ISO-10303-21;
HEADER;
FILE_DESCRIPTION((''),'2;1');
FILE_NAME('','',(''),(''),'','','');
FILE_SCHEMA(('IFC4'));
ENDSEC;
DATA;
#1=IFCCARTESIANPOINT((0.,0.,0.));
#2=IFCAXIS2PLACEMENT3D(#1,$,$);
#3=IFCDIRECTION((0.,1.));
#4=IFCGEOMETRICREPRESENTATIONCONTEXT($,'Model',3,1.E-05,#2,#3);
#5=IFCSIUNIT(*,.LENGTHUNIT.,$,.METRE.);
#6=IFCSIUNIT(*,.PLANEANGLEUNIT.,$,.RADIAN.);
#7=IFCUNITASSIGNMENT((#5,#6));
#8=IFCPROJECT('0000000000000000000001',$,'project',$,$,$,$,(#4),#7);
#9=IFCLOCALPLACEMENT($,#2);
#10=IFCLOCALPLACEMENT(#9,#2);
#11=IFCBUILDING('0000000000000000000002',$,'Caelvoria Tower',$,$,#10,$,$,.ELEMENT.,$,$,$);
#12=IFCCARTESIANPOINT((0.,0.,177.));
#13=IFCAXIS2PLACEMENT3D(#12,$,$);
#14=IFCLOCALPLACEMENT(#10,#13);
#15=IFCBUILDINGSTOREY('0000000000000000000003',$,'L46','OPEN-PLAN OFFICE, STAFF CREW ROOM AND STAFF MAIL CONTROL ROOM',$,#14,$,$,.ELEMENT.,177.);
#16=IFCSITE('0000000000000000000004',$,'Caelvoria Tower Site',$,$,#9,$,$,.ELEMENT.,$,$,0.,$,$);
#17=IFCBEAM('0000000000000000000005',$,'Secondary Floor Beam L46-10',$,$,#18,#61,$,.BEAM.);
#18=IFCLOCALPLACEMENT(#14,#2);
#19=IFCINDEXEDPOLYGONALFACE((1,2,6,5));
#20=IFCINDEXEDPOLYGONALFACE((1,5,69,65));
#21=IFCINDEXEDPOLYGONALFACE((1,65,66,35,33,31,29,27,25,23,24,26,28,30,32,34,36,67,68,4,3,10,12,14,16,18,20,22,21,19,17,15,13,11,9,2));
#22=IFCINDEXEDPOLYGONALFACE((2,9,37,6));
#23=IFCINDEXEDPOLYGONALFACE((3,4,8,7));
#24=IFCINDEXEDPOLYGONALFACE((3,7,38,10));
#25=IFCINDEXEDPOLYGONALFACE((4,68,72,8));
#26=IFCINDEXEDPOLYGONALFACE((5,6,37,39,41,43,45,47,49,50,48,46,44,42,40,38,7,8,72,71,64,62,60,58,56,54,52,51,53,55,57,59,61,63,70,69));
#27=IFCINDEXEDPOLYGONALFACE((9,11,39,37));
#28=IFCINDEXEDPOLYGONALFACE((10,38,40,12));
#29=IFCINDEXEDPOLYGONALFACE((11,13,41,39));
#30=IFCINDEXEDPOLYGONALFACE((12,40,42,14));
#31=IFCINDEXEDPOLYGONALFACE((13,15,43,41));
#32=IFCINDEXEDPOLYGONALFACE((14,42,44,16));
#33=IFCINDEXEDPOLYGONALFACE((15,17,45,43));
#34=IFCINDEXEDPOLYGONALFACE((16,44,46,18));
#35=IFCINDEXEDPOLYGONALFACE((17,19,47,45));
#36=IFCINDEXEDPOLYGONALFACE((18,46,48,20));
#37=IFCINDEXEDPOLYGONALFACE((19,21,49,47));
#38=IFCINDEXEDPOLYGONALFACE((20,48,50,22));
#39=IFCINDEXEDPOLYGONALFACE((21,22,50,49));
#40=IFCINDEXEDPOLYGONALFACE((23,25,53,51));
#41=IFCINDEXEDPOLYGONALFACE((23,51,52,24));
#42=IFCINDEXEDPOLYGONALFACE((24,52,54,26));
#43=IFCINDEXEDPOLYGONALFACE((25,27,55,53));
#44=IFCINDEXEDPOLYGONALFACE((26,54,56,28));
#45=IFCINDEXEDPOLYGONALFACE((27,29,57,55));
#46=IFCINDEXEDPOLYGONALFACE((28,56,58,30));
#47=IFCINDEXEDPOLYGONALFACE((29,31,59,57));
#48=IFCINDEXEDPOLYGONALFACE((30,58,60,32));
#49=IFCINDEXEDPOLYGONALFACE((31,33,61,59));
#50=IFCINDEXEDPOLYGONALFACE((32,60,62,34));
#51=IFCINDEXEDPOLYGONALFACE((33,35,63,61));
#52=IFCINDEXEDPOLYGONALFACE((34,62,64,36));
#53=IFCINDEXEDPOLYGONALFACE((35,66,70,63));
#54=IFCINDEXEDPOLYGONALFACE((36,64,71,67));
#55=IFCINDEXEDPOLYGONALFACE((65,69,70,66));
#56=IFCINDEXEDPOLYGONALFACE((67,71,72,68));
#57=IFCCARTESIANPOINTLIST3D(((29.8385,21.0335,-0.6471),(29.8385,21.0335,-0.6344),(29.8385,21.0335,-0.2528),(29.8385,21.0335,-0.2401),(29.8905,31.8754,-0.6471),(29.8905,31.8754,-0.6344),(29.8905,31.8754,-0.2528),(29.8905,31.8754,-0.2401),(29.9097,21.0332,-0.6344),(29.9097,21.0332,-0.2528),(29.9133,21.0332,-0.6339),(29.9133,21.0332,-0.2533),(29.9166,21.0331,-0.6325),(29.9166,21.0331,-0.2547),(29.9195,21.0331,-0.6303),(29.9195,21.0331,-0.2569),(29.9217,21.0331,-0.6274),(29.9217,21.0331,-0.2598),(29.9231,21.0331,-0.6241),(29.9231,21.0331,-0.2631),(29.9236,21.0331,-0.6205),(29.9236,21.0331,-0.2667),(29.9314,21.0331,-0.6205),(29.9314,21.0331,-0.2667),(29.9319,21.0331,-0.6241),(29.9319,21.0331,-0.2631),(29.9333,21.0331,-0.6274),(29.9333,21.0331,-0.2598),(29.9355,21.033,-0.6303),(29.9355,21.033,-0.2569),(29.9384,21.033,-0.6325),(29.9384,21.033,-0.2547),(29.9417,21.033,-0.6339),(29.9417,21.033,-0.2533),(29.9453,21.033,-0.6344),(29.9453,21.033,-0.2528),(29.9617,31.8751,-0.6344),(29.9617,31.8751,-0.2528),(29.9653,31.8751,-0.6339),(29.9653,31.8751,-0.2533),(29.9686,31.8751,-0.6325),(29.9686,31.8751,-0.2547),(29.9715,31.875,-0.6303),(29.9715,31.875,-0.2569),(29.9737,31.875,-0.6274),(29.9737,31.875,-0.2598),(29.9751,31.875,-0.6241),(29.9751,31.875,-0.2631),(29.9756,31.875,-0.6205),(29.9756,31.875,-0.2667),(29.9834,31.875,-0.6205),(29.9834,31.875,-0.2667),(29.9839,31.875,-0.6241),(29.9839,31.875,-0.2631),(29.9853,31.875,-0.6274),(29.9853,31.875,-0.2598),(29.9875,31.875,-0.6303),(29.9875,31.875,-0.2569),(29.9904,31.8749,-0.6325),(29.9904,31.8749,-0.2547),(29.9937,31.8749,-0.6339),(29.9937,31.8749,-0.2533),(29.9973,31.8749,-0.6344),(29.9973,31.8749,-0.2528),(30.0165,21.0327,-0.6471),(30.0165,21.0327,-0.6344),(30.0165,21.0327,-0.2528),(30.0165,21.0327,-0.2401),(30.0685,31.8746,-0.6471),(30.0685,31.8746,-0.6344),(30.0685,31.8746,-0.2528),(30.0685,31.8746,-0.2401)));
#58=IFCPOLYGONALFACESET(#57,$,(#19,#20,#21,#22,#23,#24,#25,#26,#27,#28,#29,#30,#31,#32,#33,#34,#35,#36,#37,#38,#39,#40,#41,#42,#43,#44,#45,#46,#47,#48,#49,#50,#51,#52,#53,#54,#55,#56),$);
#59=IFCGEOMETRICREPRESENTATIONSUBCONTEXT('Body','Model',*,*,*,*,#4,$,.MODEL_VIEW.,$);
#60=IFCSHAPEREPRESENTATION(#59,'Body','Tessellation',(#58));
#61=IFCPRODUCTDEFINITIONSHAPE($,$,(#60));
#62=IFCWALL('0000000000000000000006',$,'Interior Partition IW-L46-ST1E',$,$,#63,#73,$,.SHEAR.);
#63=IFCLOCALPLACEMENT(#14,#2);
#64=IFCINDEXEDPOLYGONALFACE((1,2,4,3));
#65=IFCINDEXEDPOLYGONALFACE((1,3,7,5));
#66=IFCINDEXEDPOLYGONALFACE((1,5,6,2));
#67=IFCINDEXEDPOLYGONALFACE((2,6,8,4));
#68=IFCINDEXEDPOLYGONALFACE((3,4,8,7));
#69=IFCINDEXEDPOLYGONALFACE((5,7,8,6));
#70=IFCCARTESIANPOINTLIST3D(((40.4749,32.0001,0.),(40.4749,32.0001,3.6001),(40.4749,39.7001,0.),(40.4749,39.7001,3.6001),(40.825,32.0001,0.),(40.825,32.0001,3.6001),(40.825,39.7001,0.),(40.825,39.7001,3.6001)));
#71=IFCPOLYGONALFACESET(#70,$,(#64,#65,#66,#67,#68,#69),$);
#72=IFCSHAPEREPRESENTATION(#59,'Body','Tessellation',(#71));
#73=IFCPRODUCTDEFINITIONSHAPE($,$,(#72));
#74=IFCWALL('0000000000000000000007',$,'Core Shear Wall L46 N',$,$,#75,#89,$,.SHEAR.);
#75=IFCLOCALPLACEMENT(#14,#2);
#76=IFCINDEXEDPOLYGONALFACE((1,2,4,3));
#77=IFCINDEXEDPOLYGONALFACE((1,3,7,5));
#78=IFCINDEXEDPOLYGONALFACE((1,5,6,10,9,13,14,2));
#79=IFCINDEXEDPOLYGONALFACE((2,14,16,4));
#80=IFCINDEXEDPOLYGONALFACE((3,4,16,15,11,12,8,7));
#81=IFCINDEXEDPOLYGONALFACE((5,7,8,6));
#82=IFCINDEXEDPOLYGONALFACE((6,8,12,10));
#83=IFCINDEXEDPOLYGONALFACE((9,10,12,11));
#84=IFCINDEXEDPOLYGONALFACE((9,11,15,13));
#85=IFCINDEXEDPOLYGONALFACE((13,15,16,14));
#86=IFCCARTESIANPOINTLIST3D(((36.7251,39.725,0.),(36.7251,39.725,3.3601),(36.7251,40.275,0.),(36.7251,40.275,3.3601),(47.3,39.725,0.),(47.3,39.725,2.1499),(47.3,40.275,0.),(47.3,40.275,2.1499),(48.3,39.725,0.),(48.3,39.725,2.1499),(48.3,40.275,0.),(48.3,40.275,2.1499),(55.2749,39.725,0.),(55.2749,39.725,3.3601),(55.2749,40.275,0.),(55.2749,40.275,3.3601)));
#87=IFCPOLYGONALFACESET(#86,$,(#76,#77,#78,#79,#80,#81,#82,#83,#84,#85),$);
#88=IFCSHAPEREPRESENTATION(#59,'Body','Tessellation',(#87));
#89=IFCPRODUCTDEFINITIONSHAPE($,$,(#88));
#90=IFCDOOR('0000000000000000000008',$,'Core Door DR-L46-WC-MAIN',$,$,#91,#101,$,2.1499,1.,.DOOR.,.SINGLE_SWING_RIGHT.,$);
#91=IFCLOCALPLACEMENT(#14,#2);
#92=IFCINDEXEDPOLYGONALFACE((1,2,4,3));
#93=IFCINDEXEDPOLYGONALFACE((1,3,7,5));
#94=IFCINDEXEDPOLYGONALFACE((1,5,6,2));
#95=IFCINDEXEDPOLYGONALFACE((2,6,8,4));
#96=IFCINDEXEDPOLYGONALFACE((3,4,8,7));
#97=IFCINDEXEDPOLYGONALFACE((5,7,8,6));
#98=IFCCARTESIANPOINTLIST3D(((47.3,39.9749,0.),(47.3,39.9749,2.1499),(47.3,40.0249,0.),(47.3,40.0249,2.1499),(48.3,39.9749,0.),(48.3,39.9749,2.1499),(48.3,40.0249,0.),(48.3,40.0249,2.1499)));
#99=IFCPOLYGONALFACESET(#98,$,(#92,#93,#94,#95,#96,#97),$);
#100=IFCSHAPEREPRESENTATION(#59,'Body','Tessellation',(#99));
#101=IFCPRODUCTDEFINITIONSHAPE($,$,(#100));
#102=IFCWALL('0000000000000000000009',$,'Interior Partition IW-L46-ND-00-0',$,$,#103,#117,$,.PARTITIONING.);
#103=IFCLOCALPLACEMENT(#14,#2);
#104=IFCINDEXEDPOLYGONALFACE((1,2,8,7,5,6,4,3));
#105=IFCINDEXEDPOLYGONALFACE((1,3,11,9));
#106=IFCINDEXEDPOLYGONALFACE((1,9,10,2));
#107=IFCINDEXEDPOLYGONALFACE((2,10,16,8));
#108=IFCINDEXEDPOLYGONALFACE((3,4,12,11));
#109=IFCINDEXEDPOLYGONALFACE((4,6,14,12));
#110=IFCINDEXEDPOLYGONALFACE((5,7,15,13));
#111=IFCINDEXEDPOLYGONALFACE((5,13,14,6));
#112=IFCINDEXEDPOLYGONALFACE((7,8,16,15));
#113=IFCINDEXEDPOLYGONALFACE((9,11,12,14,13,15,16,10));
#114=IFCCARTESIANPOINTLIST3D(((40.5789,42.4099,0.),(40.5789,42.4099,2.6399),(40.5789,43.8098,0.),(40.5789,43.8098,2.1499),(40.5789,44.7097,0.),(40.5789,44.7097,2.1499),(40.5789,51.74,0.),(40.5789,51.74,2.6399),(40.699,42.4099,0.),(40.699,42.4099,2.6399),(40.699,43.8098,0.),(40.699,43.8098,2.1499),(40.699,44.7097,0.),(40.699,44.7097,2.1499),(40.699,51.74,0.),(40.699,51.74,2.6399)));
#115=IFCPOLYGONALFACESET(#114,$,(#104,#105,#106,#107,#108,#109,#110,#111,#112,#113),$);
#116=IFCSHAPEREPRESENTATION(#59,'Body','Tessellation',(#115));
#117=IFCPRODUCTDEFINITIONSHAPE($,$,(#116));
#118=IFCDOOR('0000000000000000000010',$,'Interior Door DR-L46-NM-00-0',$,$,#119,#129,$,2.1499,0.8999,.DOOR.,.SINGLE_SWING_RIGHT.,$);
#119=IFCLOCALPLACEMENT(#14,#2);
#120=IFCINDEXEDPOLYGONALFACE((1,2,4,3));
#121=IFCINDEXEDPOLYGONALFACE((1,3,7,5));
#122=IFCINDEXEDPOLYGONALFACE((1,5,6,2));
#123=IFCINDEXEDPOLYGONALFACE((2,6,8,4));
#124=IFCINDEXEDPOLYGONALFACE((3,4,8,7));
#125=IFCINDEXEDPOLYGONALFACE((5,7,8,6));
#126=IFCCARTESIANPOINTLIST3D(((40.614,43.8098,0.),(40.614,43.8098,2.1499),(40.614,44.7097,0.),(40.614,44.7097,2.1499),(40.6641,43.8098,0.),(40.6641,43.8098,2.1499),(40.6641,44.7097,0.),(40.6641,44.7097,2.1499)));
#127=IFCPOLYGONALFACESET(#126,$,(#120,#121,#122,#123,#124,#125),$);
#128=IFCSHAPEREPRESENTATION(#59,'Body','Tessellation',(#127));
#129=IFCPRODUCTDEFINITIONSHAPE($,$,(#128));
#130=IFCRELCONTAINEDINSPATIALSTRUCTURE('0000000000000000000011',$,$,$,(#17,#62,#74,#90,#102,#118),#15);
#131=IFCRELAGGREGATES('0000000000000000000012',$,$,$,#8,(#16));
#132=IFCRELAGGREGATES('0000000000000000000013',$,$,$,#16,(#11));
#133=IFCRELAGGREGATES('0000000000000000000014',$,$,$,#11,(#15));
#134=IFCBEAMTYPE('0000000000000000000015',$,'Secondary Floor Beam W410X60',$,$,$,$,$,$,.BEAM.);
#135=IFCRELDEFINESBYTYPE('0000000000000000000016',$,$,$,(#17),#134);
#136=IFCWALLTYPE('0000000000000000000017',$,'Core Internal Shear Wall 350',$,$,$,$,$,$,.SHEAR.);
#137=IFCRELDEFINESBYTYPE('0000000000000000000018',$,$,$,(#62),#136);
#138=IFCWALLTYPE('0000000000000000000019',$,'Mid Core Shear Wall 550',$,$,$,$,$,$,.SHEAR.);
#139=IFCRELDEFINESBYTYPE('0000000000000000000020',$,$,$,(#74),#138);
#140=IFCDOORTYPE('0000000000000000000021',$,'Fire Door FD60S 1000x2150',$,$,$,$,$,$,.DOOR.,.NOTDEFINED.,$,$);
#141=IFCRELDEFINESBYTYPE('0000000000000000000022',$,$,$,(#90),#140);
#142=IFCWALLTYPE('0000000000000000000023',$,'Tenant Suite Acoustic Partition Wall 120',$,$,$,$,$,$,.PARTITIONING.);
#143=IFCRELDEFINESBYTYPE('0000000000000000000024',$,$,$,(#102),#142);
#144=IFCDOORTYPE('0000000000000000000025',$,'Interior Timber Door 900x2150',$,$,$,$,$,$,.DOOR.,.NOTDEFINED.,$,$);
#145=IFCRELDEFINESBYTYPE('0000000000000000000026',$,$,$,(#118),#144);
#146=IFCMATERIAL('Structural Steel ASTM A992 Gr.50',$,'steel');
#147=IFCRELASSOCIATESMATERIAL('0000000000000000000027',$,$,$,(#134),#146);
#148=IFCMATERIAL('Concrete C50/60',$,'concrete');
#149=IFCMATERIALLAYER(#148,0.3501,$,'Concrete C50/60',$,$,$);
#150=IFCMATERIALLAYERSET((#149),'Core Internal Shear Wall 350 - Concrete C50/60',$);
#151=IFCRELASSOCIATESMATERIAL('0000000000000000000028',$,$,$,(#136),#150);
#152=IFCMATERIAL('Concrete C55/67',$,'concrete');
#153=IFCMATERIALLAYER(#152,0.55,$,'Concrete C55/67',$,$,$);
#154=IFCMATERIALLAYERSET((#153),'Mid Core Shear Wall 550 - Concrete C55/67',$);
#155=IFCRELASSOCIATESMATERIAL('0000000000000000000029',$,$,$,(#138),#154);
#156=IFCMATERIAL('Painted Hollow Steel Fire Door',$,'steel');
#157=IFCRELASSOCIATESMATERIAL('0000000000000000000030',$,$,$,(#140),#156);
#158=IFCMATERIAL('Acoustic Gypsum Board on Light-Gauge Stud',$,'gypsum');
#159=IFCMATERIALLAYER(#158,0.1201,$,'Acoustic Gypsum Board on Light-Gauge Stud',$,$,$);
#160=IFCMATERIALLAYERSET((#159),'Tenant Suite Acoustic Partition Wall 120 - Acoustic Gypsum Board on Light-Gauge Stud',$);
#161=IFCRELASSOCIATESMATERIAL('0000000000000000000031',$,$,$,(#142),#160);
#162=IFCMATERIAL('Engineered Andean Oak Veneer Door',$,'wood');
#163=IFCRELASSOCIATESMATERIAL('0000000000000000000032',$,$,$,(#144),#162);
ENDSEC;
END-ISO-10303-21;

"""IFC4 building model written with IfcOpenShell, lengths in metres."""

from ifc_helpers import new_model, si_unit, direction, frame, frame_2d, origin, origin_2d, place, context, subcontext, project, spatial, rectangle, i_section, extrude, material, layer, layer_set, material_profile, profile_set, type_object, element, fill, save


model = new_model("IFC4")

# Units and contexts
model_context = context("Model", 3, precision=1e-05, world=origin(), true_north=direction((0.0, 1.0)))
body_context = subcontext(model_context, "Body", "Model", "MODEL_VIEW")
ifc_project = project(units=[si_unit("LENGTHUNIT", "METRE"), si_unit("PLANEANGLEUNIT", "RADIAN")], contexts=[model_context])

# Site, building, storey
site_placement = place(None, origin())
site = spatial("IfcSite", under=ifc_project, at=site_placement, Name="Caelvoria Tower Site", CompositionType="ELEMENT", RefElevation=0.0)
building_placement = place(site_placement, origin())
building = spatial("IfcBuilding", under=site, at=building_placement, Name="Caelvoria Tower", CompositionType="ELEMENT")
storey_placement = place(building_placement, frame((0.0, 0.0, 177.0)))
storey = spatial("IfcBuildingStorey", under=building, at=storey_placement, Name="L46", Description="OPEN-PLAN OFFICE, STAFF CREW ROOM AND STAFF MAIL CONTROL ROOM", CompositionType="ELEMENT", Elevation=177.0)

# Shared definitions
ifc_material_1 = material(Name="Structural Steel ASTM A992 Gr.50", Category="steel")

# Beam
ifc_material_profile_1 = material_profile(ifc_material_1, i_section(OverallWidth=0.178, OverallDepth=0.407, WebThickness=0.0078, FlangeThickness=0.0127, FilletRadius=0.0139, at=origin_2d()), Name="Structural Steel ASTM A992 Gr.50")
ifc_profile_set_1 = profile_set([ifc_material_profile_1], Name="W410X60 - Structural Steel ASTM A992 Gr.50")
beam_type_1 = type_object("IfcBeamType", Name="Secondary Floor Beam W410X60", PredefinedType="BEAM", material=ifc_profile_set_1)
beam_1_placement = place(storey_placement, frame((29.9795, 31.875, -0.4436), z_axis=(-0.004796, -0.999988, 0.0), x_axis=(0.999988, -0.004796, 0.0)))
element("IfcBeam", 1, at=beam_1_placement, inside=storey, type_object=beam_type_1, Name="Secondary Floor Beam L46-10", PredefinedType="BEAM", context=body_context, shape_type="SweptSolid", body=[
    extrude(i_section(OverallWidth=0.178, OverallDepth=0.407, WebThickness=0.0078, FlangeThickness=0.0127, FilletRadius=0.0139, at=origin_2d()), origin(), (0.0, 0.0, 1.0), 10.842),
])

# Wall
ifc_material_2 = material(Name="Concrete C50/60", Category="concrete")
ifc_layer_1 = layer(ifc_material_2, 0.3501, Name="Concrete C50/60")
ifc_layer_set_1 = layer_set([ifc_layer_1], Name="Core Internal Shear Wall 350 - Concrete C50/60")
wall_type_1 = type_object("IfcWallType", Name="Core Internal Shear Wall 350", PredefinedType="SHEAR", material=ifc_layer_set_1)
wall_1_placement = place(storey_placement, frame((40.6499, 32.0, 0.0), z_axis=(0.0, 0.0, 1.0), x_axis=(0.0, 1.0, 0.0)))
element("IfcWall", 2, at=wall_1_placement, inside=storey, type_object=wall_type_1, Name="Interior Partition IW-L46-ST1E", PredefinedType="SHEAR", context=body_context, shape_type="SweptSolid", body=[
    extrude(rectangle(XDim=7.7, YDim=0.3501, at=frame_2d((3.8501, 0.0))), origin(), (0.0, 0.0, 1.0), 3.6001),
])

# Walls, openings, doors
ifc_material_3 = material(Name="Concrete C55/67", Category="concrete")
ifc_layer_2 = layer(ifc_material_3, 0.55, Name="Concrete C55/67")
ifc_layer_set_2 = layer_set([ifc_layer_2], Name="Mid Core Shear Wall 550 - Concrete C55/67")
wall_type_2 = type_object("IfcWallType", Name="Mid Core Shear Wall 550", PredefinedType="SHEAR", material=ifc_layer_set_2)
wall_2_placement = place(storey_placement, frame((36.7251, 40.0, 0.0), z_axis=(0.0, 0.0, 1.0), x_axis=(1.0, 0.0, 0.0)))
wall_2 = element("IfcWall", 3, at=wall_2_placement, inside=storey, type_object=wall_type_2, Name="Core Shear Wall L46 N", PredefinedType="SHEAR", context=body_context, shape_type="SweptSolid", body=[
    extrude(rectangle(XDim=18.5498, YDim=0.55, at=frame_2d((9.2749, 0.0))), origin(), (0.0, 0.0, 1.0), 3.3601),
])
opening_1_placement = place(wall_2_placement, frame((10.575, 0.0, 0.0)))
opening_1 = element("IfcOpeningElement", 4, at=opening_1_placement, cuts=wall_2, PredefinedType="OPENING", context=body_context, shape_type="SweptSolid", body=[
    extrude(rectangle(XDim=1.0, YDim=2.1499, at=frame_2d((0.5, 1.075))), frame((0.0, 0.2849, 0.0), z_axis=(0.0, -1.0, 0.0), x_axis=(1.0, 0.0, 0.0)), (0.0, 0.0, 1.0), 0.5701),
])
ifc_material_4 = material(Name="Painted Hollow Steel Fire Door", Category="steel")
door_type_1 = type_object("IfcDoorType", Name="Fire Door FD60S 1000x2150", OperationType="NOTDEFINED", PredefinedType="DOOR", material=ifc_material_4)
door_1_placement = place(opening_1_placement, origin())
door_1 = element("IfcDoor", 5, at=door_1_placement, inside=storey, type_object=door_type_1, Name="Core Door DR-L46-WC-MAIN", OperationType="SINGLE_SWING_RIGHT", OverallHeight=2.1499, OverallWidth=1.0, PredefinedType="DOOR", context=body_context, shape_type="SweptSolid", body=[
    extrude(rectangle(XDim=1.0, YDim=2.1499, at=frame_2d((0.5, 1.075))), frame((0.0, 0.0249, 0.0), z_axis=(0.0, -1.0, 0.0), x_axis=(1.0, 0.0, 0.0)), (0.0, 0.0, 1.0), 0.05),
])
fill(opening_1, door_1)
ifc_material_5 = material(Name="Acoustic Gypsum Board on Light-Gauge Stud", Category="gypsum")
ifc_layer_3 = layer(ifc_material_5, 0.1201, Name="Acoustic Gypsum Board on Light-Gauge Stud")
ifc_layer_set_3 = layer_set([ifc_layer_3], Name="Tenant Suite Acoustic Partition Wall 120 - Acoustic Gypsum Board on Light-Gauge Stud")
wall_type_3 = type_object("IfcWallType", Name="Tenant Suite Acoustic Partition Wall 120", PredefinedType="PARTITIONING", material=ifc_layer_set_3)
wall_3_placement = place(storey_placement, frame((40.6389, 42.4099, 0.0), z_axis=(0.0, 0.0, 1.0), x_axis=(0.0, 1.0, 0.0)))
wall_3 = element("IfcWall", 6, at=wall_3_placement, inside=storey, type_object=wall_type_3, Name="Interior Partition IW-L46-ND-00-0", PredefinedType="PARTITIONING", context=body_context, shape_type="SweptSolid", body=[
    extrude(rectangle(XDim=9.3301, YDim=0.1201, at=frame_2d((4.665, 0.0))), origin(), (0.0, 0.0, 1.0), 2.6399),
])
opening_2_placement = place(wall_3_placement, frame((1.3999, 0.0, 0.0)))
opening_2 = element("IfcOpeningElement", 7, at=opening_2_placement, cuts=wall_3, PredefinedType="OPENING", context=body_context, shape_type="SweptSolid", body=[
    extrude(rectangle(XDim=0.8999, YDim=2.1499, at=frame_2d((0.45, 1.075))), frame((0.0, 0.0701, 0.0), z_axis=(0.0, -1.0, 0.0), x_axis=(1.0, 0.0, 0.0)), (0.0, 0.0, 1.0), 0.1401),
])
ifc_material_6 = material(Name="Engineered Andean Oak Veneer Door", Category="wood")
door_type_2 = type_object("IfcDoorType", Name="Interior Timber Door 900x2150", OperationType="NOTDEFINED", PredefinedType="DOOR", material=ifc_material_6)
door_2_placement = place(opening_2_placement, origin())
door_2 = element("IfcDoor", 8, at=door_2_placement, inside=storey, type_object=door_type_2, Name="Interior Door DR-L46-NM-00-0", OperationType="SINGLE_SWING_RIGHT", OverallHeight=2.1499, OverallWidth=0.8999, PredefinedType="DOOR", context=body_context, shape_type="SweptSolid", body=[
    extrude(rectangle(XDim=0.8999, YDim=2.1499, at=frame_2d((0.45, 1.075))), frame((0.0, 0.0249, 0.0), z_axis=(0.0, -1.0, 0.0), x_axis=(1.0, 0.0, 0.0)), (0.0, 0.0, 1.0), 0.05),
])
fill(opening_2, door_2)

save(model, "model.ifc")
